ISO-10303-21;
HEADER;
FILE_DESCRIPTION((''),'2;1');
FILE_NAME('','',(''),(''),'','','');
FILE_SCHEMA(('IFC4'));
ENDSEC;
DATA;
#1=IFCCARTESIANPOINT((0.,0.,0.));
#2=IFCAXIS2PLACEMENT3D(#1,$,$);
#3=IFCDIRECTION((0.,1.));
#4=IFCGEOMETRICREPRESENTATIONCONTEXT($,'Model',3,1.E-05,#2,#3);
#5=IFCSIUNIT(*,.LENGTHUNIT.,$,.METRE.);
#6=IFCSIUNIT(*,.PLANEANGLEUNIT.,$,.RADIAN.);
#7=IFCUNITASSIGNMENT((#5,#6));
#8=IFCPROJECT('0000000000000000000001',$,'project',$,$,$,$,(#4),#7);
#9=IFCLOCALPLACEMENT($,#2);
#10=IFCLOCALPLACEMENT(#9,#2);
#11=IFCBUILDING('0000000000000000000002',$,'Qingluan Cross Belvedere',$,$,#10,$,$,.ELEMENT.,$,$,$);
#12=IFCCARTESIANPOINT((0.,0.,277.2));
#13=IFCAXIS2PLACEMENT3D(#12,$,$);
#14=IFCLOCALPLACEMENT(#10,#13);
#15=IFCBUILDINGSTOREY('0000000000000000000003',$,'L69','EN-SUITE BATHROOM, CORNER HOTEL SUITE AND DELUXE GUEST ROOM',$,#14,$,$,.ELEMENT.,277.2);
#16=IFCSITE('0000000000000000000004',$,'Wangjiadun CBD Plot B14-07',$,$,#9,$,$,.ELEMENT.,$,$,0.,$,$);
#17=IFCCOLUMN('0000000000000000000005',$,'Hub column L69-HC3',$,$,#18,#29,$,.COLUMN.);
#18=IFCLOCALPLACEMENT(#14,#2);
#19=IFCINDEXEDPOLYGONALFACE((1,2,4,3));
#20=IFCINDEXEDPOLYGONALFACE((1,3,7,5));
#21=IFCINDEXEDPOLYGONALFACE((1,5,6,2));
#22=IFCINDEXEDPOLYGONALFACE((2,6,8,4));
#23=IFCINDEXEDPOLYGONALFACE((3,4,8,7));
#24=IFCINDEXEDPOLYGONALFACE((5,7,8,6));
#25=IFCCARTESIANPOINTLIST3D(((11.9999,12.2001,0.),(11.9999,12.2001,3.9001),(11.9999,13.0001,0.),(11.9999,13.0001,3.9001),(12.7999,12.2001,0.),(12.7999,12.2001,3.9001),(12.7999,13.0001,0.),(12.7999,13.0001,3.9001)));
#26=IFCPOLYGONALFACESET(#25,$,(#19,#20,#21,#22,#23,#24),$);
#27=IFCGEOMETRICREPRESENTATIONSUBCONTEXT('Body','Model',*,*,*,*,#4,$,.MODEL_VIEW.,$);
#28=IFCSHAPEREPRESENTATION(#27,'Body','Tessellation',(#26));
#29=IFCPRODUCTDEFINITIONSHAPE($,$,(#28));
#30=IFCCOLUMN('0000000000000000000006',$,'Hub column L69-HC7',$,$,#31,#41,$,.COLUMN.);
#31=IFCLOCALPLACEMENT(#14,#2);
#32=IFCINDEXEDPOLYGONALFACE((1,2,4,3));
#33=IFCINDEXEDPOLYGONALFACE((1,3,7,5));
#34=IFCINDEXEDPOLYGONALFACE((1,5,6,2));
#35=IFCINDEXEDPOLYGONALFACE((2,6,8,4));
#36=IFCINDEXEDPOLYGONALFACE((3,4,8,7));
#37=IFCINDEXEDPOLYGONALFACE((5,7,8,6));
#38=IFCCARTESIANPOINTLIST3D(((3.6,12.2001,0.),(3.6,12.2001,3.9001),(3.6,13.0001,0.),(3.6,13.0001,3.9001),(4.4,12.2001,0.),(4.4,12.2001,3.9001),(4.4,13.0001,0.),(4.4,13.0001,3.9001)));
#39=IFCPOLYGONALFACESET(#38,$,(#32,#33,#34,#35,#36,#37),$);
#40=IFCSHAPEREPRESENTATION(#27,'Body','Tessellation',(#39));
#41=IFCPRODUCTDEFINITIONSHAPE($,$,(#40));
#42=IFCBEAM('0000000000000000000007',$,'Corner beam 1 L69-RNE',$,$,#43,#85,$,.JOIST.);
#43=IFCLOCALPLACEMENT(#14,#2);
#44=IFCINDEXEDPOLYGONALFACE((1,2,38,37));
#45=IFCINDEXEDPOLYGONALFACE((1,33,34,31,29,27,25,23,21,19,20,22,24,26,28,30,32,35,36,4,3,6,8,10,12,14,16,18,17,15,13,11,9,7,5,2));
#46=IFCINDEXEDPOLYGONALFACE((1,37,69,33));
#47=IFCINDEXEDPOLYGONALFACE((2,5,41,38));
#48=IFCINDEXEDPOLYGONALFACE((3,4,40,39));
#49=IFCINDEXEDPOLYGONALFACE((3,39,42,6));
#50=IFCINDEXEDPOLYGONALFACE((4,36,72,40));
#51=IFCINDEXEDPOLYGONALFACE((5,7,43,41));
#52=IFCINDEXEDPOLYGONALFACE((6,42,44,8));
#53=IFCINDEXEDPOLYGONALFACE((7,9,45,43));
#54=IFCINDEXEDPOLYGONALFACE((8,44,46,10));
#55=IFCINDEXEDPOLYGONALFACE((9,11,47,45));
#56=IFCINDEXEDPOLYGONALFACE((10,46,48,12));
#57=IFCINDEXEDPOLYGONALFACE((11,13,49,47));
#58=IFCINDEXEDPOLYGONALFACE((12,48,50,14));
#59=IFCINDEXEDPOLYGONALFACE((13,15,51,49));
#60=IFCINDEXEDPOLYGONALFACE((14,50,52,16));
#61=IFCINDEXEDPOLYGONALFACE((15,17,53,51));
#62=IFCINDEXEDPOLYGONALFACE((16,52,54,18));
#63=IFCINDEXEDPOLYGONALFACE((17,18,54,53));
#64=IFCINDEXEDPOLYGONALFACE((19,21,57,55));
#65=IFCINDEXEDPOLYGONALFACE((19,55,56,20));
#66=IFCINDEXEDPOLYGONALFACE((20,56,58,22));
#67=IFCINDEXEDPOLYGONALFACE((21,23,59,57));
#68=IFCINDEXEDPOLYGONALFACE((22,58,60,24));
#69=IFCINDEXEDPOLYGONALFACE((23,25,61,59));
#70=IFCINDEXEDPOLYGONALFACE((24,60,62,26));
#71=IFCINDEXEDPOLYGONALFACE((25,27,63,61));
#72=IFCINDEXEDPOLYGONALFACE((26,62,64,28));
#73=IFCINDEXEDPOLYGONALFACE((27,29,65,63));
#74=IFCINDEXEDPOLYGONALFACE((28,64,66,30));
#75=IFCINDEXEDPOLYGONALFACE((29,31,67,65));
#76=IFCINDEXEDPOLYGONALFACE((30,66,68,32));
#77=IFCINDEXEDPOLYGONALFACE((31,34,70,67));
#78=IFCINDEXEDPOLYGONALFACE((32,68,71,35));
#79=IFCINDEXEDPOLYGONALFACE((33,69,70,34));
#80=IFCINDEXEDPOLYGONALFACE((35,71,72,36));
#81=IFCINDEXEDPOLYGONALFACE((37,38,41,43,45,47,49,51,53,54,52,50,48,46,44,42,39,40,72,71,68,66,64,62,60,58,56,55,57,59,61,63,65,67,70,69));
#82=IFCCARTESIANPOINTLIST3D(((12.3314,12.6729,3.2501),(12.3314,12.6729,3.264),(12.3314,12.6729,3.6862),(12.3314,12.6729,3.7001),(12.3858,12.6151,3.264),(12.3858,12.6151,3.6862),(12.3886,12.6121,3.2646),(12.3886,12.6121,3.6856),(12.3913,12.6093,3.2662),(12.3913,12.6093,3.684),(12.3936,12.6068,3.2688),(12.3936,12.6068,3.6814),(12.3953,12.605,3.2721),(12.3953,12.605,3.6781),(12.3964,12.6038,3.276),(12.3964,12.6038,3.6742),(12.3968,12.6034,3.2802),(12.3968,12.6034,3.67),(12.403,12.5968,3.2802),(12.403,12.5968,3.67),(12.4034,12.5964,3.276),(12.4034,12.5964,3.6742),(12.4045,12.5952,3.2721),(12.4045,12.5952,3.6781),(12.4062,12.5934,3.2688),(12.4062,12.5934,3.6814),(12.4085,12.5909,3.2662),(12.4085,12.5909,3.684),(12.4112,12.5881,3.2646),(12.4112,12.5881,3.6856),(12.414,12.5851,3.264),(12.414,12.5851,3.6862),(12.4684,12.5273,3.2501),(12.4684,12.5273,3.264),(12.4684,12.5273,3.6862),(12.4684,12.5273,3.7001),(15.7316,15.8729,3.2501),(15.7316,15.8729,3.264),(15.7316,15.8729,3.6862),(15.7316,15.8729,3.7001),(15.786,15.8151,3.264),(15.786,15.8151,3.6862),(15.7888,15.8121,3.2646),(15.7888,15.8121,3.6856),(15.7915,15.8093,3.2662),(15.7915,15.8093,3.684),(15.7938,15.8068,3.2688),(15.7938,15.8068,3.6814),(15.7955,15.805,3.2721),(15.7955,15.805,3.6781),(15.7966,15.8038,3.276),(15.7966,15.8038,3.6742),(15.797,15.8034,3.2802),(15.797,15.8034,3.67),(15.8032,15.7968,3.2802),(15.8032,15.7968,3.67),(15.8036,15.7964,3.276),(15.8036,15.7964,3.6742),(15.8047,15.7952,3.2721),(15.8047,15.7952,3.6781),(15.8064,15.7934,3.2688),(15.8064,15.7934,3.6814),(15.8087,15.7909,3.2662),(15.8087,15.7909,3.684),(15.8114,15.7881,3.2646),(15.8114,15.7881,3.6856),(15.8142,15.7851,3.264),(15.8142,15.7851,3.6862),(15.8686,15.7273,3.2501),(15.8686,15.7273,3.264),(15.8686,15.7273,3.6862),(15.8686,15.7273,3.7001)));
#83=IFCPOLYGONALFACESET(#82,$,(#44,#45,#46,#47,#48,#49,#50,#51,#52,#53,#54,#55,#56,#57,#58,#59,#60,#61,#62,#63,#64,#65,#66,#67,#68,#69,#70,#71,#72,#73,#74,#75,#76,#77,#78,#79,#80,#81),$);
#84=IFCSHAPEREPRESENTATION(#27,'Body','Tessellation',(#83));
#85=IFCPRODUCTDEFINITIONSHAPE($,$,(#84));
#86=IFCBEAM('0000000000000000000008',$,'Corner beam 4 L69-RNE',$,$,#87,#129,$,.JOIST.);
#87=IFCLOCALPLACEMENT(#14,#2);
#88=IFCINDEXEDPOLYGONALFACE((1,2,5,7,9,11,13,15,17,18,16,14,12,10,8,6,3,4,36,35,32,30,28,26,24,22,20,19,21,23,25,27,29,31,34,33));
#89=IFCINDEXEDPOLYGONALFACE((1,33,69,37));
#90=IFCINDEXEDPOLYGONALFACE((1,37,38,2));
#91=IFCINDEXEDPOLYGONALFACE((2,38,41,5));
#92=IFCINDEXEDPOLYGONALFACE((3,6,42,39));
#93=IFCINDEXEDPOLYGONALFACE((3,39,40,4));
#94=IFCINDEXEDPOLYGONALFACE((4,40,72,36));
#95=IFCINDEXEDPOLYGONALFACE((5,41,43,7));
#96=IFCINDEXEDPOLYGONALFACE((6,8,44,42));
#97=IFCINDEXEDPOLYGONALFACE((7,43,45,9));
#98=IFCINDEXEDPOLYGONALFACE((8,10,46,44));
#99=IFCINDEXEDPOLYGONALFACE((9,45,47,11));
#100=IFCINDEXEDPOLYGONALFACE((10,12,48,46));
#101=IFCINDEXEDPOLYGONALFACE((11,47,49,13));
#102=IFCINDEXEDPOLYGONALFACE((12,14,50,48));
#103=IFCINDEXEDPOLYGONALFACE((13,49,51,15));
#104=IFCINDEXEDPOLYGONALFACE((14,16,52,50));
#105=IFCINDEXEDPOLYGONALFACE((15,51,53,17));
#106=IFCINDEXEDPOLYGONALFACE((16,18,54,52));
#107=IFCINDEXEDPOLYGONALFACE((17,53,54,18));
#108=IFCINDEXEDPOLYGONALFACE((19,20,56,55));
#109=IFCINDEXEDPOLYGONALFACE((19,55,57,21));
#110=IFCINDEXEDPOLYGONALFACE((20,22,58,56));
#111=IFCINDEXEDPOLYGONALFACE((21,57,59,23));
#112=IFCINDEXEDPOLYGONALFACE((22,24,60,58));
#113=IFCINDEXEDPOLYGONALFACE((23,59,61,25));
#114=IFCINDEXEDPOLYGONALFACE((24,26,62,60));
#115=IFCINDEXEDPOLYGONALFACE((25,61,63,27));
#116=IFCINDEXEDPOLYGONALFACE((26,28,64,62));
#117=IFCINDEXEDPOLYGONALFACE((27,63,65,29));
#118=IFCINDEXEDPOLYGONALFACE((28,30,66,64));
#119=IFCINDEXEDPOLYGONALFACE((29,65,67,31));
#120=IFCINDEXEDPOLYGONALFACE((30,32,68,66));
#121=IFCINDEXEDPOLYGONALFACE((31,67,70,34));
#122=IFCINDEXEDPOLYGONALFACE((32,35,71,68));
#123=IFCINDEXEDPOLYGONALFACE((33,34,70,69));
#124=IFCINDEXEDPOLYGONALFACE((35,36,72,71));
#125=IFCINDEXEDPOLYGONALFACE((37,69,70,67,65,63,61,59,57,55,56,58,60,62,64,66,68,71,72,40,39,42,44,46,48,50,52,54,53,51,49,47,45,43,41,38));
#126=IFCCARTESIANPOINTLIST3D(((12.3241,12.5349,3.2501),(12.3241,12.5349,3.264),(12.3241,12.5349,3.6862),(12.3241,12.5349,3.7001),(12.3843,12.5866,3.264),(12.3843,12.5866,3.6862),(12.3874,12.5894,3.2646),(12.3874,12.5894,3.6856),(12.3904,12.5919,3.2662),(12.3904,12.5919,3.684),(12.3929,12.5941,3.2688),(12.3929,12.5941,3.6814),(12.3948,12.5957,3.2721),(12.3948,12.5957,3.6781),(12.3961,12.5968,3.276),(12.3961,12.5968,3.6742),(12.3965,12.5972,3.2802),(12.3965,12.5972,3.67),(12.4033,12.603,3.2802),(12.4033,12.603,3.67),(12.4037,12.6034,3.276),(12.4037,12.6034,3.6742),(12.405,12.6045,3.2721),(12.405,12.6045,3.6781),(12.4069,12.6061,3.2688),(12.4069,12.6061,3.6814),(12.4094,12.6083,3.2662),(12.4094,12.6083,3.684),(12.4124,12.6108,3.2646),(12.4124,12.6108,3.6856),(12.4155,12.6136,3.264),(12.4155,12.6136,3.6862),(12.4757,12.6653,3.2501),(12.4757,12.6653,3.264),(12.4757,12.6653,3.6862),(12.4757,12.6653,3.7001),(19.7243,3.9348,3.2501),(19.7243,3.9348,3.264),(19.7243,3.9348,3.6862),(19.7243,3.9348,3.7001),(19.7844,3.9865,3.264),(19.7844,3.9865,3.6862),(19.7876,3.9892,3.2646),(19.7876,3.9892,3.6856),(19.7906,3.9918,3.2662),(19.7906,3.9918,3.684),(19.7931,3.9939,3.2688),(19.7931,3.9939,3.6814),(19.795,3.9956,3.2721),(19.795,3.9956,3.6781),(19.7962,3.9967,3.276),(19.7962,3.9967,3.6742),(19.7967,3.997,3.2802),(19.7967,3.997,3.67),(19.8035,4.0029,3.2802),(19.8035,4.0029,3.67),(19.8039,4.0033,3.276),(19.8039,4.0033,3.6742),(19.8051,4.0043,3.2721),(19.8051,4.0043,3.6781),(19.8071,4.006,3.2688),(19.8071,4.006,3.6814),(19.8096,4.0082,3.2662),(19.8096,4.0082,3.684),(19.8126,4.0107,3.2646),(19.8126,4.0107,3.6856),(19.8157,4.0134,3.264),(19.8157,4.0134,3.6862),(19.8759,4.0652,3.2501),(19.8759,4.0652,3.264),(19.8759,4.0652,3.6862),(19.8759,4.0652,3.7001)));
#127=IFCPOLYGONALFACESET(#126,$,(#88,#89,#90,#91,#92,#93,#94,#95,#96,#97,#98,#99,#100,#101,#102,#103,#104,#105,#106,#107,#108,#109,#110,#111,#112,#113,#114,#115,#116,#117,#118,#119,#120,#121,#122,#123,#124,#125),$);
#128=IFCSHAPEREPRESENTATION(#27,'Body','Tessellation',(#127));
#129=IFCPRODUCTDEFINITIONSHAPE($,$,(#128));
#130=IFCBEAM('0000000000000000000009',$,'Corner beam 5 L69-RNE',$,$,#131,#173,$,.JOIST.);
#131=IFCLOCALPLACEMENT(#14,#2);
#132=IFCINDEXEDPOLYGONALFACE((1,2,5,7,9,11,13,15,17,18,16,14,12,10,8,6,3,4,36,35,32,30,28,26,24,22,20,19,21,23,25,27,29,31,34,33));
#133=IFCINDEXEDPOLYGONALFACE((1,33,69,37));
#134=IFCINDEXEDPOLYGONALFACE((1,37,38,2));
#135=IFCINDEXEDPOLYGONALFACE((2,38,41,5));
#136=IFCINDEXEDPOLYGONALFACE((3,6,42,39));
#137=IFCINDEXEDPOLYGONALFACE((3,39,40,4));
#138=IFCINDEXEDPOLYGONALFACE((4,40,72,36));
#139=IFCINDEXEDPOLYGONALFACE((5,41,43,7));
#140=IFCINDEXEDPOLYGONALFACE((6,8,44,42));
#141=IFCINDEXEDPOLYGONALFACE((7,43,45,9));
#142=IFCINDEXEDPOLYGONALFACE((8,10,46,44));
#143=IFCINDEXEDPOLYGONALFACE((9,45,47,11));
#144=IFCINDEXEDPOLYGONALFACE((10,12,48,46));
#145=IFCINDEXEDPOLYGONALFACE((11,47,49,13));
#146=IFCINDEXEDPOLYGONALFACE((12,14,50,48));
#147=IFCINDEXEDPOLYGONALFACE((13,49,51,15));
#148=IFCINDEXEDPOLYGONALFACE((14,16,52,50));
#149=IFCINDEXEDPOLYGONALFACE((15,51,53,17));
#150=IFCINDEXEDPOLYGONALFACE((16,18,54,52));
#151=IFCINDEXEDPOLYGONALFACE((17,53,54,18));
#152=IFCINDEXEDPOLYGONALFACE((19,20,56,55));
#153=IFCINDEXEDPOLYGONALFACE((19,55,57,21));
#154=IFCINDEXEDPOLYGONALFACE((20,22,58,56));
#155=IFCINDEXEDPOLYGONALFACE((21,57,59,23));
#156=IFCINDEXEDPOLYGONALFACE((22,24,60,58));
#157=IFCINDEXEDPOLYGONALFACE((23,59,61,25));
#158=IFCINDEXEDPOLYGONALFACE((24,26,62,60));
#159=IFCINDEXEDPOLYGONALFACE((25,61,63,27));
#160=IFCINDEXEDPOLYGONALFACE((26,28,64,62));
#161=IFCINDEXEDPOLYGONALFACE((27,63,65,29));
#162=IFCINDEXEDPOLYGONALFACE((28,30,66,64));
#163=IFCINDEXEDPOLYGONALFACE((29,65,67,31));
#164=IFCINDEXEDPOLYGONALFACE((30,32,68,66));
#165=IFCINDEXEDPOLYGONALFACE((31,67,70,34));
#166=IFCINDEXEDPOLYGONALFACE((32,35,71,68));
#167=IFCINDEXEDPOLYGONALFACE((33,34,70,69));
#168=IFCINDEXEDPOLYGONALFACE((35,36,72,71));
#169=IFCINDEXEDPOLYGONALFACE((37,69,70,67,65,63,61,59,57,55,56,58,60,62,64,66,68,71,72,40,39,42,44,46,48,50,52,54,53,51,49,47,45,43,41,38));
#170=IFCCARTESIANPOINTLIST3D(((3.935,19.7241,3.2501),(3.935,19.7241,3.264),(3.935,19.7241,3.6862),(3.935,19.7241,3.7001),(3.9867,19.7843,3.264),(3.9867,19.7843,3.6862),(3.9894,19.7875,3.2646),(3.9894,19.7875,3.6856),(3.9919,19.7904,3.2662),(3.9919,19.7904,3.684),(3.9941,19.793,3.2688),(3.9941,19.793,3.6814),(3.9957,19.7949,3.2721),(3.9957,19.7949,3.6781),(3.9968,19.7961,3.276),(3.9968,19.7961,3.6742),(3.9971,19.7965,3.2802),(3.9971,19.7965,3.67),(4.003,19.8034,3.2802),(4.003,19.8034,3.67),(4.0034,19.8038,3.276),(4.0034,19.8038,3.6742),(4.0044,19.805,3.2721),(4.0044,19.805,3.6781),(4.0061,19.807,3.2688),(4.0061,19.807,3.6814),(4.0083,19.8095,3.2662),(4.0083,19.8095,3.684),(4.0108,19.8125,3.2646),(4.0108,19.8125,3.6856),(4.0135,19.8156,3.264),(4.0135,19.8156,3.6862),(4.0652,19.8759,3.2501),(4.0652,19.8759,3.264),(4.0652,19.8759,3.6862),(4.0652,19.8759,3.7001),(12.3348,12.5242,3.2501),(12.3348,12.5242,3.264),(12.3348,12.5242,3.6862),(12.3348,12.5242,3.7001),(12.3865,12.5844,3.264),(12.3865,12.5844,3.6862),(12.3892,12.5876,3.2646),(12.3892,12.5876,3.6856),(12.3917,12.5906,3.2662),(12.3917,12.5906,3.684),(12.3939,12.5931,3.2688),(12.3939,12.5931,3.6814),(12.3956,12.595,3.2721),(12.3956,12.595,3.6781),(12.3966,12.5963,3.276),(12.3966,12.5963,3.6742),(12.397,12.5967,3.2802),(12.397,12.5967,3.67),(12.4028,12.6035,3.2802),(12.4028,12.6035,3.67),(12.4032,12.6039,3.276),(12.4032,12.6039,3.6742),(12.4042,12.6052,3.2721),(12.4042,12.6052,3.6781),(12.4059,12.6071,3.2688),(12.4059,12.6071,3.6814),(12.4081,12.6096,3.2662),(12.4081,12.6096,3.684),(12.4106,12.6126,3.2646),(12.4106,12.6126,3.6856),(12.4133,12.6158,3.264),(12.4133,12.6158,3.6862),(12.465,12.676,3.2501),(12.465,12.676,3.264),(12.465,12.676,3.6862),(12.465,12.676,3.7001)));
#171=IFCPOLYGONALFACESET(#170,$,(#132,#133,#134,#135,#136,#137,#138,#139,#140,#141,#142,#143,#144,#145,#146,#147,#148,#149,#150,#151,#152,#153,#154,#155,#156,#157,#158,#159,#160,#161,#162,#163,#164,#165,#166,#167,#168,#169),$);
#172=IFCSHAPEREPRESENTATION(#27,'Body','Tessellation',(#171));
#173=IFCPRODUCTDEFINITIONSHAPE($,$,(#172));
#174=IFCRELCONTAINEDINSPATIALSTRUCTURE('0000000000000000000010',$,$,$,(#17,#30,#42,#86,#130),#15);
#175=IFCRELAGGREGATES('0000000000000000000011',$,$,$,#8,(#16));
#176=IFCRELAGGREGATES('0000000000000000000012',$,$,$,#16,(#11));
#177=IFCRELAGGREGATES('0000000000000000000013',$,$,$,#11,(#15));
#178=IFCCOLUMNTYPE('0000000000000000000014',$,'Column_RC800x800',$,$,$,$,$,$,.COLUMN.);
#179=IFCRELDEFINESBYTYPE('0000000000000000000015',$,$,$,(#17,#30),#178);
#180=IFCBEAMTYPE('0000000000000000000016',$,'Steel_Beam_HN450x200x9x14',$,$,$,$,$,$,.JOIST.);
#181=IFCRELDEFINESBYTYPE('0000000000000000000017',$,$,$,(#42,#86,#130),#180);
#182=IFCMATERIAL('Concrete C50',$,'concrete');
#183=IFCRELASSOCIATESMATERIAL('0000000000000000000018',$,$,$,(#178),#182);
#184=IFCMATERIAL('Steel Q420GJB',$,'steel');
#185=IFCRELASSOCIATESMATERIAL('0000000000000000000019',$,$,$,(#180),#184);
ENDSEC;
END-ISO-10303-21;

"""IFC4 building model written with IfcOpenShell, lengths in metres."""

from ifc_helpers import new_model, si_unit, direction, frame, origin, origin_2d, place, context, subcontext, project, spatial, rectangle, i_section, extrude, material, material_profile, profile_set, type_object, element, save


model = new_model("IFC4")

# Units and contexts
model_context = context("Model", 3, precision=1e-05, world=origin(), true_north=direction((0.0, 1.0)))
body_context = subcontext(model_context, "Body", "Model", "MODEL_VIEW")
ifc_project = project(units=[si_unit("LENGTHUNIT", "METRE"), si_unit("PLANEANGLEUNIT", "RADIAN")], contexts=[model_context])

# Site, building, storey
site_placement = place(None, origin())
site = spatial("IfcSite", under=ifc_project, at=site_placement, Name="Wangjiadun CBD Plot B14-07", CompositionType="ELEMENT", RefElevation=0.0)
building_placement = place(site_placement, origin())
building = spatial("IfcBuilding", under=site, at=building_placement, Name="Qingluan Cross Belvedere", CompositionType="ELEMENT")
storey_placement = place(building_placement, frame((0.0, 0.0, 277.2)))
storey = spatial("IfcBuildingStorey", under=building, at=storey_placement, Name="L69", Description="EN-SUITE BATHROOM, CORNER HOTEL SUITE AND DELUXE GUEST ROOM", CompositionType="ELEMENT", Elevation=277.2)

# Columns
ifc_material_1 = material(Name="Concrete C50", Category="concrete")
ifc_material_profile_1 = material_profile(ifc_material_1, rectangle(XDim=0.8, YDim=0.8, at=origin_2d()), Name="RC800x800")
ifc_profile_set_1 = profile_set([ifc_material_profile_1], Name="Concrete C50")
column_type = type_object("IfcColumnType", Name="Column_RC800x800", PredefinedType="COLUMN", material=ifc_profile_set_1)
for number, where, z_axis, x_axis, name in (
    (1, (12.3999, 12.6001, 0.0), (0.0, 0.0, 1.0), (1.0, 0.0, 0.0), "Hub column L69-HC3"),
    (2, (4.0, 12.6001, 0.0), (0.0, 0.0, 1.0), (1.0, 0.0, 0.0), "Hub column L69-HC7"),
):
    element("IfcColumn", number, at=place(storey_placement, frame(where, z_axis=z_axis, x_axis=x_axis)), inside=storey, type_object=column_type, Name=name, PredefinedType="COLUMN", context=body_context, shape_type="SweptSolid", body=[
        extrude(rectangle(XDim=0.8, YDim=0.8, at=origin_2d()), origin(), (0.0, 0.0, 1.0), 3.9001),
    ])

# Beams
ifc_material_2 = material(Name="Steel Q420GJB", Category="steel")
ifc_material_profile_2 = material_profile(ifc_material_2, i_section(OverallWidth=0.2, OverallDepth=0.45, WebThickness=0.009, FlangeThickness=0.0139, FilletRadius=0.0161, at=origin_2d()), Name="HN450x200x9x14")
ifc_profile_set_2 = profile_set([ifc_material_profile_2], Name="Steel Q420GJB")
beam_type_1 = type_object("IfcBeamType", Name="Steel_Beam_HN450x200x9x14", PredefinedType="JOIST", material=ifc_profile_set_2)
beam_1_placement = place(storey_placement, frame((12.3999, 12.6001, 3.4751), z_axis=(0.72822, 0.685343, 0.0), x_axis=(-0.685343, 0.72822, 0.0)))
element("IfcBeam", 3, at=beam_1_placement, inside=storey, type_object=beam_type_1, Name="Corner beam 1 L69-RNE", PredefinedType="JOIST", context=body_context, shape_type="SweptSolid", body=[
    extrude(i_section(OverallWidth=0.2, OverallDepth=0.45, WebThickness=0.009, FlangeThickness=0.0139, FilletRadius=0.0161, at=origin_2d()), origin(), (0.0, 0.0, 1.0), 4.6692),
])
beam_2_placement = place(storey_placement, frame((12.3999, 12.6001, 3.4751), z_axis=(0.652245, -0.758008, 0.0), x_axis=(0.758008, 0.652245, 0.0)))
element("IfcBeam", 4, at=beam_2_placement, inside=storey, type_object=beam_type_1, Name="Corner beam 4 L69-RNE", PredefinedType="JOIST", context=body_context, shape_type="SweptSolid", body=[
    extrude(i_section(OverallWidth=0.2, OverallDepth=0.45, WebThickness=0.009, FlangeThickness=0.0139, FilletRadius=0.0161, at=origin_2d()), origin(), (0.0, 0.0, 1.0), 11.3457),
])
beam_3_placement = place(storey_placement, frame((12.3999, 12.6001, 3.4751), z_axis=(-0.759255, 0.650793, 0.0), x_axis=(-0.650793, -0.759255, 0.0)))
element("IfcBeam", 5, at=beam_3_placement, inside=storey, type_object=beam_type_1, Name="Corner beam 5 L69-RNE", PredefinedType="JOIST", context=body_context, shape_type="SweptSolid", body=[
    extrude(i_section(OverallWidth=0.2, OverallDepth=0.45, WebThickness=0.009, FlangeThickness=0.0139, FilletRadius=0.0161, at=origin_2d()), origin(), (0.0, 0.0, 1.0), 11.0632),
])

save(model, "model.ifc")
